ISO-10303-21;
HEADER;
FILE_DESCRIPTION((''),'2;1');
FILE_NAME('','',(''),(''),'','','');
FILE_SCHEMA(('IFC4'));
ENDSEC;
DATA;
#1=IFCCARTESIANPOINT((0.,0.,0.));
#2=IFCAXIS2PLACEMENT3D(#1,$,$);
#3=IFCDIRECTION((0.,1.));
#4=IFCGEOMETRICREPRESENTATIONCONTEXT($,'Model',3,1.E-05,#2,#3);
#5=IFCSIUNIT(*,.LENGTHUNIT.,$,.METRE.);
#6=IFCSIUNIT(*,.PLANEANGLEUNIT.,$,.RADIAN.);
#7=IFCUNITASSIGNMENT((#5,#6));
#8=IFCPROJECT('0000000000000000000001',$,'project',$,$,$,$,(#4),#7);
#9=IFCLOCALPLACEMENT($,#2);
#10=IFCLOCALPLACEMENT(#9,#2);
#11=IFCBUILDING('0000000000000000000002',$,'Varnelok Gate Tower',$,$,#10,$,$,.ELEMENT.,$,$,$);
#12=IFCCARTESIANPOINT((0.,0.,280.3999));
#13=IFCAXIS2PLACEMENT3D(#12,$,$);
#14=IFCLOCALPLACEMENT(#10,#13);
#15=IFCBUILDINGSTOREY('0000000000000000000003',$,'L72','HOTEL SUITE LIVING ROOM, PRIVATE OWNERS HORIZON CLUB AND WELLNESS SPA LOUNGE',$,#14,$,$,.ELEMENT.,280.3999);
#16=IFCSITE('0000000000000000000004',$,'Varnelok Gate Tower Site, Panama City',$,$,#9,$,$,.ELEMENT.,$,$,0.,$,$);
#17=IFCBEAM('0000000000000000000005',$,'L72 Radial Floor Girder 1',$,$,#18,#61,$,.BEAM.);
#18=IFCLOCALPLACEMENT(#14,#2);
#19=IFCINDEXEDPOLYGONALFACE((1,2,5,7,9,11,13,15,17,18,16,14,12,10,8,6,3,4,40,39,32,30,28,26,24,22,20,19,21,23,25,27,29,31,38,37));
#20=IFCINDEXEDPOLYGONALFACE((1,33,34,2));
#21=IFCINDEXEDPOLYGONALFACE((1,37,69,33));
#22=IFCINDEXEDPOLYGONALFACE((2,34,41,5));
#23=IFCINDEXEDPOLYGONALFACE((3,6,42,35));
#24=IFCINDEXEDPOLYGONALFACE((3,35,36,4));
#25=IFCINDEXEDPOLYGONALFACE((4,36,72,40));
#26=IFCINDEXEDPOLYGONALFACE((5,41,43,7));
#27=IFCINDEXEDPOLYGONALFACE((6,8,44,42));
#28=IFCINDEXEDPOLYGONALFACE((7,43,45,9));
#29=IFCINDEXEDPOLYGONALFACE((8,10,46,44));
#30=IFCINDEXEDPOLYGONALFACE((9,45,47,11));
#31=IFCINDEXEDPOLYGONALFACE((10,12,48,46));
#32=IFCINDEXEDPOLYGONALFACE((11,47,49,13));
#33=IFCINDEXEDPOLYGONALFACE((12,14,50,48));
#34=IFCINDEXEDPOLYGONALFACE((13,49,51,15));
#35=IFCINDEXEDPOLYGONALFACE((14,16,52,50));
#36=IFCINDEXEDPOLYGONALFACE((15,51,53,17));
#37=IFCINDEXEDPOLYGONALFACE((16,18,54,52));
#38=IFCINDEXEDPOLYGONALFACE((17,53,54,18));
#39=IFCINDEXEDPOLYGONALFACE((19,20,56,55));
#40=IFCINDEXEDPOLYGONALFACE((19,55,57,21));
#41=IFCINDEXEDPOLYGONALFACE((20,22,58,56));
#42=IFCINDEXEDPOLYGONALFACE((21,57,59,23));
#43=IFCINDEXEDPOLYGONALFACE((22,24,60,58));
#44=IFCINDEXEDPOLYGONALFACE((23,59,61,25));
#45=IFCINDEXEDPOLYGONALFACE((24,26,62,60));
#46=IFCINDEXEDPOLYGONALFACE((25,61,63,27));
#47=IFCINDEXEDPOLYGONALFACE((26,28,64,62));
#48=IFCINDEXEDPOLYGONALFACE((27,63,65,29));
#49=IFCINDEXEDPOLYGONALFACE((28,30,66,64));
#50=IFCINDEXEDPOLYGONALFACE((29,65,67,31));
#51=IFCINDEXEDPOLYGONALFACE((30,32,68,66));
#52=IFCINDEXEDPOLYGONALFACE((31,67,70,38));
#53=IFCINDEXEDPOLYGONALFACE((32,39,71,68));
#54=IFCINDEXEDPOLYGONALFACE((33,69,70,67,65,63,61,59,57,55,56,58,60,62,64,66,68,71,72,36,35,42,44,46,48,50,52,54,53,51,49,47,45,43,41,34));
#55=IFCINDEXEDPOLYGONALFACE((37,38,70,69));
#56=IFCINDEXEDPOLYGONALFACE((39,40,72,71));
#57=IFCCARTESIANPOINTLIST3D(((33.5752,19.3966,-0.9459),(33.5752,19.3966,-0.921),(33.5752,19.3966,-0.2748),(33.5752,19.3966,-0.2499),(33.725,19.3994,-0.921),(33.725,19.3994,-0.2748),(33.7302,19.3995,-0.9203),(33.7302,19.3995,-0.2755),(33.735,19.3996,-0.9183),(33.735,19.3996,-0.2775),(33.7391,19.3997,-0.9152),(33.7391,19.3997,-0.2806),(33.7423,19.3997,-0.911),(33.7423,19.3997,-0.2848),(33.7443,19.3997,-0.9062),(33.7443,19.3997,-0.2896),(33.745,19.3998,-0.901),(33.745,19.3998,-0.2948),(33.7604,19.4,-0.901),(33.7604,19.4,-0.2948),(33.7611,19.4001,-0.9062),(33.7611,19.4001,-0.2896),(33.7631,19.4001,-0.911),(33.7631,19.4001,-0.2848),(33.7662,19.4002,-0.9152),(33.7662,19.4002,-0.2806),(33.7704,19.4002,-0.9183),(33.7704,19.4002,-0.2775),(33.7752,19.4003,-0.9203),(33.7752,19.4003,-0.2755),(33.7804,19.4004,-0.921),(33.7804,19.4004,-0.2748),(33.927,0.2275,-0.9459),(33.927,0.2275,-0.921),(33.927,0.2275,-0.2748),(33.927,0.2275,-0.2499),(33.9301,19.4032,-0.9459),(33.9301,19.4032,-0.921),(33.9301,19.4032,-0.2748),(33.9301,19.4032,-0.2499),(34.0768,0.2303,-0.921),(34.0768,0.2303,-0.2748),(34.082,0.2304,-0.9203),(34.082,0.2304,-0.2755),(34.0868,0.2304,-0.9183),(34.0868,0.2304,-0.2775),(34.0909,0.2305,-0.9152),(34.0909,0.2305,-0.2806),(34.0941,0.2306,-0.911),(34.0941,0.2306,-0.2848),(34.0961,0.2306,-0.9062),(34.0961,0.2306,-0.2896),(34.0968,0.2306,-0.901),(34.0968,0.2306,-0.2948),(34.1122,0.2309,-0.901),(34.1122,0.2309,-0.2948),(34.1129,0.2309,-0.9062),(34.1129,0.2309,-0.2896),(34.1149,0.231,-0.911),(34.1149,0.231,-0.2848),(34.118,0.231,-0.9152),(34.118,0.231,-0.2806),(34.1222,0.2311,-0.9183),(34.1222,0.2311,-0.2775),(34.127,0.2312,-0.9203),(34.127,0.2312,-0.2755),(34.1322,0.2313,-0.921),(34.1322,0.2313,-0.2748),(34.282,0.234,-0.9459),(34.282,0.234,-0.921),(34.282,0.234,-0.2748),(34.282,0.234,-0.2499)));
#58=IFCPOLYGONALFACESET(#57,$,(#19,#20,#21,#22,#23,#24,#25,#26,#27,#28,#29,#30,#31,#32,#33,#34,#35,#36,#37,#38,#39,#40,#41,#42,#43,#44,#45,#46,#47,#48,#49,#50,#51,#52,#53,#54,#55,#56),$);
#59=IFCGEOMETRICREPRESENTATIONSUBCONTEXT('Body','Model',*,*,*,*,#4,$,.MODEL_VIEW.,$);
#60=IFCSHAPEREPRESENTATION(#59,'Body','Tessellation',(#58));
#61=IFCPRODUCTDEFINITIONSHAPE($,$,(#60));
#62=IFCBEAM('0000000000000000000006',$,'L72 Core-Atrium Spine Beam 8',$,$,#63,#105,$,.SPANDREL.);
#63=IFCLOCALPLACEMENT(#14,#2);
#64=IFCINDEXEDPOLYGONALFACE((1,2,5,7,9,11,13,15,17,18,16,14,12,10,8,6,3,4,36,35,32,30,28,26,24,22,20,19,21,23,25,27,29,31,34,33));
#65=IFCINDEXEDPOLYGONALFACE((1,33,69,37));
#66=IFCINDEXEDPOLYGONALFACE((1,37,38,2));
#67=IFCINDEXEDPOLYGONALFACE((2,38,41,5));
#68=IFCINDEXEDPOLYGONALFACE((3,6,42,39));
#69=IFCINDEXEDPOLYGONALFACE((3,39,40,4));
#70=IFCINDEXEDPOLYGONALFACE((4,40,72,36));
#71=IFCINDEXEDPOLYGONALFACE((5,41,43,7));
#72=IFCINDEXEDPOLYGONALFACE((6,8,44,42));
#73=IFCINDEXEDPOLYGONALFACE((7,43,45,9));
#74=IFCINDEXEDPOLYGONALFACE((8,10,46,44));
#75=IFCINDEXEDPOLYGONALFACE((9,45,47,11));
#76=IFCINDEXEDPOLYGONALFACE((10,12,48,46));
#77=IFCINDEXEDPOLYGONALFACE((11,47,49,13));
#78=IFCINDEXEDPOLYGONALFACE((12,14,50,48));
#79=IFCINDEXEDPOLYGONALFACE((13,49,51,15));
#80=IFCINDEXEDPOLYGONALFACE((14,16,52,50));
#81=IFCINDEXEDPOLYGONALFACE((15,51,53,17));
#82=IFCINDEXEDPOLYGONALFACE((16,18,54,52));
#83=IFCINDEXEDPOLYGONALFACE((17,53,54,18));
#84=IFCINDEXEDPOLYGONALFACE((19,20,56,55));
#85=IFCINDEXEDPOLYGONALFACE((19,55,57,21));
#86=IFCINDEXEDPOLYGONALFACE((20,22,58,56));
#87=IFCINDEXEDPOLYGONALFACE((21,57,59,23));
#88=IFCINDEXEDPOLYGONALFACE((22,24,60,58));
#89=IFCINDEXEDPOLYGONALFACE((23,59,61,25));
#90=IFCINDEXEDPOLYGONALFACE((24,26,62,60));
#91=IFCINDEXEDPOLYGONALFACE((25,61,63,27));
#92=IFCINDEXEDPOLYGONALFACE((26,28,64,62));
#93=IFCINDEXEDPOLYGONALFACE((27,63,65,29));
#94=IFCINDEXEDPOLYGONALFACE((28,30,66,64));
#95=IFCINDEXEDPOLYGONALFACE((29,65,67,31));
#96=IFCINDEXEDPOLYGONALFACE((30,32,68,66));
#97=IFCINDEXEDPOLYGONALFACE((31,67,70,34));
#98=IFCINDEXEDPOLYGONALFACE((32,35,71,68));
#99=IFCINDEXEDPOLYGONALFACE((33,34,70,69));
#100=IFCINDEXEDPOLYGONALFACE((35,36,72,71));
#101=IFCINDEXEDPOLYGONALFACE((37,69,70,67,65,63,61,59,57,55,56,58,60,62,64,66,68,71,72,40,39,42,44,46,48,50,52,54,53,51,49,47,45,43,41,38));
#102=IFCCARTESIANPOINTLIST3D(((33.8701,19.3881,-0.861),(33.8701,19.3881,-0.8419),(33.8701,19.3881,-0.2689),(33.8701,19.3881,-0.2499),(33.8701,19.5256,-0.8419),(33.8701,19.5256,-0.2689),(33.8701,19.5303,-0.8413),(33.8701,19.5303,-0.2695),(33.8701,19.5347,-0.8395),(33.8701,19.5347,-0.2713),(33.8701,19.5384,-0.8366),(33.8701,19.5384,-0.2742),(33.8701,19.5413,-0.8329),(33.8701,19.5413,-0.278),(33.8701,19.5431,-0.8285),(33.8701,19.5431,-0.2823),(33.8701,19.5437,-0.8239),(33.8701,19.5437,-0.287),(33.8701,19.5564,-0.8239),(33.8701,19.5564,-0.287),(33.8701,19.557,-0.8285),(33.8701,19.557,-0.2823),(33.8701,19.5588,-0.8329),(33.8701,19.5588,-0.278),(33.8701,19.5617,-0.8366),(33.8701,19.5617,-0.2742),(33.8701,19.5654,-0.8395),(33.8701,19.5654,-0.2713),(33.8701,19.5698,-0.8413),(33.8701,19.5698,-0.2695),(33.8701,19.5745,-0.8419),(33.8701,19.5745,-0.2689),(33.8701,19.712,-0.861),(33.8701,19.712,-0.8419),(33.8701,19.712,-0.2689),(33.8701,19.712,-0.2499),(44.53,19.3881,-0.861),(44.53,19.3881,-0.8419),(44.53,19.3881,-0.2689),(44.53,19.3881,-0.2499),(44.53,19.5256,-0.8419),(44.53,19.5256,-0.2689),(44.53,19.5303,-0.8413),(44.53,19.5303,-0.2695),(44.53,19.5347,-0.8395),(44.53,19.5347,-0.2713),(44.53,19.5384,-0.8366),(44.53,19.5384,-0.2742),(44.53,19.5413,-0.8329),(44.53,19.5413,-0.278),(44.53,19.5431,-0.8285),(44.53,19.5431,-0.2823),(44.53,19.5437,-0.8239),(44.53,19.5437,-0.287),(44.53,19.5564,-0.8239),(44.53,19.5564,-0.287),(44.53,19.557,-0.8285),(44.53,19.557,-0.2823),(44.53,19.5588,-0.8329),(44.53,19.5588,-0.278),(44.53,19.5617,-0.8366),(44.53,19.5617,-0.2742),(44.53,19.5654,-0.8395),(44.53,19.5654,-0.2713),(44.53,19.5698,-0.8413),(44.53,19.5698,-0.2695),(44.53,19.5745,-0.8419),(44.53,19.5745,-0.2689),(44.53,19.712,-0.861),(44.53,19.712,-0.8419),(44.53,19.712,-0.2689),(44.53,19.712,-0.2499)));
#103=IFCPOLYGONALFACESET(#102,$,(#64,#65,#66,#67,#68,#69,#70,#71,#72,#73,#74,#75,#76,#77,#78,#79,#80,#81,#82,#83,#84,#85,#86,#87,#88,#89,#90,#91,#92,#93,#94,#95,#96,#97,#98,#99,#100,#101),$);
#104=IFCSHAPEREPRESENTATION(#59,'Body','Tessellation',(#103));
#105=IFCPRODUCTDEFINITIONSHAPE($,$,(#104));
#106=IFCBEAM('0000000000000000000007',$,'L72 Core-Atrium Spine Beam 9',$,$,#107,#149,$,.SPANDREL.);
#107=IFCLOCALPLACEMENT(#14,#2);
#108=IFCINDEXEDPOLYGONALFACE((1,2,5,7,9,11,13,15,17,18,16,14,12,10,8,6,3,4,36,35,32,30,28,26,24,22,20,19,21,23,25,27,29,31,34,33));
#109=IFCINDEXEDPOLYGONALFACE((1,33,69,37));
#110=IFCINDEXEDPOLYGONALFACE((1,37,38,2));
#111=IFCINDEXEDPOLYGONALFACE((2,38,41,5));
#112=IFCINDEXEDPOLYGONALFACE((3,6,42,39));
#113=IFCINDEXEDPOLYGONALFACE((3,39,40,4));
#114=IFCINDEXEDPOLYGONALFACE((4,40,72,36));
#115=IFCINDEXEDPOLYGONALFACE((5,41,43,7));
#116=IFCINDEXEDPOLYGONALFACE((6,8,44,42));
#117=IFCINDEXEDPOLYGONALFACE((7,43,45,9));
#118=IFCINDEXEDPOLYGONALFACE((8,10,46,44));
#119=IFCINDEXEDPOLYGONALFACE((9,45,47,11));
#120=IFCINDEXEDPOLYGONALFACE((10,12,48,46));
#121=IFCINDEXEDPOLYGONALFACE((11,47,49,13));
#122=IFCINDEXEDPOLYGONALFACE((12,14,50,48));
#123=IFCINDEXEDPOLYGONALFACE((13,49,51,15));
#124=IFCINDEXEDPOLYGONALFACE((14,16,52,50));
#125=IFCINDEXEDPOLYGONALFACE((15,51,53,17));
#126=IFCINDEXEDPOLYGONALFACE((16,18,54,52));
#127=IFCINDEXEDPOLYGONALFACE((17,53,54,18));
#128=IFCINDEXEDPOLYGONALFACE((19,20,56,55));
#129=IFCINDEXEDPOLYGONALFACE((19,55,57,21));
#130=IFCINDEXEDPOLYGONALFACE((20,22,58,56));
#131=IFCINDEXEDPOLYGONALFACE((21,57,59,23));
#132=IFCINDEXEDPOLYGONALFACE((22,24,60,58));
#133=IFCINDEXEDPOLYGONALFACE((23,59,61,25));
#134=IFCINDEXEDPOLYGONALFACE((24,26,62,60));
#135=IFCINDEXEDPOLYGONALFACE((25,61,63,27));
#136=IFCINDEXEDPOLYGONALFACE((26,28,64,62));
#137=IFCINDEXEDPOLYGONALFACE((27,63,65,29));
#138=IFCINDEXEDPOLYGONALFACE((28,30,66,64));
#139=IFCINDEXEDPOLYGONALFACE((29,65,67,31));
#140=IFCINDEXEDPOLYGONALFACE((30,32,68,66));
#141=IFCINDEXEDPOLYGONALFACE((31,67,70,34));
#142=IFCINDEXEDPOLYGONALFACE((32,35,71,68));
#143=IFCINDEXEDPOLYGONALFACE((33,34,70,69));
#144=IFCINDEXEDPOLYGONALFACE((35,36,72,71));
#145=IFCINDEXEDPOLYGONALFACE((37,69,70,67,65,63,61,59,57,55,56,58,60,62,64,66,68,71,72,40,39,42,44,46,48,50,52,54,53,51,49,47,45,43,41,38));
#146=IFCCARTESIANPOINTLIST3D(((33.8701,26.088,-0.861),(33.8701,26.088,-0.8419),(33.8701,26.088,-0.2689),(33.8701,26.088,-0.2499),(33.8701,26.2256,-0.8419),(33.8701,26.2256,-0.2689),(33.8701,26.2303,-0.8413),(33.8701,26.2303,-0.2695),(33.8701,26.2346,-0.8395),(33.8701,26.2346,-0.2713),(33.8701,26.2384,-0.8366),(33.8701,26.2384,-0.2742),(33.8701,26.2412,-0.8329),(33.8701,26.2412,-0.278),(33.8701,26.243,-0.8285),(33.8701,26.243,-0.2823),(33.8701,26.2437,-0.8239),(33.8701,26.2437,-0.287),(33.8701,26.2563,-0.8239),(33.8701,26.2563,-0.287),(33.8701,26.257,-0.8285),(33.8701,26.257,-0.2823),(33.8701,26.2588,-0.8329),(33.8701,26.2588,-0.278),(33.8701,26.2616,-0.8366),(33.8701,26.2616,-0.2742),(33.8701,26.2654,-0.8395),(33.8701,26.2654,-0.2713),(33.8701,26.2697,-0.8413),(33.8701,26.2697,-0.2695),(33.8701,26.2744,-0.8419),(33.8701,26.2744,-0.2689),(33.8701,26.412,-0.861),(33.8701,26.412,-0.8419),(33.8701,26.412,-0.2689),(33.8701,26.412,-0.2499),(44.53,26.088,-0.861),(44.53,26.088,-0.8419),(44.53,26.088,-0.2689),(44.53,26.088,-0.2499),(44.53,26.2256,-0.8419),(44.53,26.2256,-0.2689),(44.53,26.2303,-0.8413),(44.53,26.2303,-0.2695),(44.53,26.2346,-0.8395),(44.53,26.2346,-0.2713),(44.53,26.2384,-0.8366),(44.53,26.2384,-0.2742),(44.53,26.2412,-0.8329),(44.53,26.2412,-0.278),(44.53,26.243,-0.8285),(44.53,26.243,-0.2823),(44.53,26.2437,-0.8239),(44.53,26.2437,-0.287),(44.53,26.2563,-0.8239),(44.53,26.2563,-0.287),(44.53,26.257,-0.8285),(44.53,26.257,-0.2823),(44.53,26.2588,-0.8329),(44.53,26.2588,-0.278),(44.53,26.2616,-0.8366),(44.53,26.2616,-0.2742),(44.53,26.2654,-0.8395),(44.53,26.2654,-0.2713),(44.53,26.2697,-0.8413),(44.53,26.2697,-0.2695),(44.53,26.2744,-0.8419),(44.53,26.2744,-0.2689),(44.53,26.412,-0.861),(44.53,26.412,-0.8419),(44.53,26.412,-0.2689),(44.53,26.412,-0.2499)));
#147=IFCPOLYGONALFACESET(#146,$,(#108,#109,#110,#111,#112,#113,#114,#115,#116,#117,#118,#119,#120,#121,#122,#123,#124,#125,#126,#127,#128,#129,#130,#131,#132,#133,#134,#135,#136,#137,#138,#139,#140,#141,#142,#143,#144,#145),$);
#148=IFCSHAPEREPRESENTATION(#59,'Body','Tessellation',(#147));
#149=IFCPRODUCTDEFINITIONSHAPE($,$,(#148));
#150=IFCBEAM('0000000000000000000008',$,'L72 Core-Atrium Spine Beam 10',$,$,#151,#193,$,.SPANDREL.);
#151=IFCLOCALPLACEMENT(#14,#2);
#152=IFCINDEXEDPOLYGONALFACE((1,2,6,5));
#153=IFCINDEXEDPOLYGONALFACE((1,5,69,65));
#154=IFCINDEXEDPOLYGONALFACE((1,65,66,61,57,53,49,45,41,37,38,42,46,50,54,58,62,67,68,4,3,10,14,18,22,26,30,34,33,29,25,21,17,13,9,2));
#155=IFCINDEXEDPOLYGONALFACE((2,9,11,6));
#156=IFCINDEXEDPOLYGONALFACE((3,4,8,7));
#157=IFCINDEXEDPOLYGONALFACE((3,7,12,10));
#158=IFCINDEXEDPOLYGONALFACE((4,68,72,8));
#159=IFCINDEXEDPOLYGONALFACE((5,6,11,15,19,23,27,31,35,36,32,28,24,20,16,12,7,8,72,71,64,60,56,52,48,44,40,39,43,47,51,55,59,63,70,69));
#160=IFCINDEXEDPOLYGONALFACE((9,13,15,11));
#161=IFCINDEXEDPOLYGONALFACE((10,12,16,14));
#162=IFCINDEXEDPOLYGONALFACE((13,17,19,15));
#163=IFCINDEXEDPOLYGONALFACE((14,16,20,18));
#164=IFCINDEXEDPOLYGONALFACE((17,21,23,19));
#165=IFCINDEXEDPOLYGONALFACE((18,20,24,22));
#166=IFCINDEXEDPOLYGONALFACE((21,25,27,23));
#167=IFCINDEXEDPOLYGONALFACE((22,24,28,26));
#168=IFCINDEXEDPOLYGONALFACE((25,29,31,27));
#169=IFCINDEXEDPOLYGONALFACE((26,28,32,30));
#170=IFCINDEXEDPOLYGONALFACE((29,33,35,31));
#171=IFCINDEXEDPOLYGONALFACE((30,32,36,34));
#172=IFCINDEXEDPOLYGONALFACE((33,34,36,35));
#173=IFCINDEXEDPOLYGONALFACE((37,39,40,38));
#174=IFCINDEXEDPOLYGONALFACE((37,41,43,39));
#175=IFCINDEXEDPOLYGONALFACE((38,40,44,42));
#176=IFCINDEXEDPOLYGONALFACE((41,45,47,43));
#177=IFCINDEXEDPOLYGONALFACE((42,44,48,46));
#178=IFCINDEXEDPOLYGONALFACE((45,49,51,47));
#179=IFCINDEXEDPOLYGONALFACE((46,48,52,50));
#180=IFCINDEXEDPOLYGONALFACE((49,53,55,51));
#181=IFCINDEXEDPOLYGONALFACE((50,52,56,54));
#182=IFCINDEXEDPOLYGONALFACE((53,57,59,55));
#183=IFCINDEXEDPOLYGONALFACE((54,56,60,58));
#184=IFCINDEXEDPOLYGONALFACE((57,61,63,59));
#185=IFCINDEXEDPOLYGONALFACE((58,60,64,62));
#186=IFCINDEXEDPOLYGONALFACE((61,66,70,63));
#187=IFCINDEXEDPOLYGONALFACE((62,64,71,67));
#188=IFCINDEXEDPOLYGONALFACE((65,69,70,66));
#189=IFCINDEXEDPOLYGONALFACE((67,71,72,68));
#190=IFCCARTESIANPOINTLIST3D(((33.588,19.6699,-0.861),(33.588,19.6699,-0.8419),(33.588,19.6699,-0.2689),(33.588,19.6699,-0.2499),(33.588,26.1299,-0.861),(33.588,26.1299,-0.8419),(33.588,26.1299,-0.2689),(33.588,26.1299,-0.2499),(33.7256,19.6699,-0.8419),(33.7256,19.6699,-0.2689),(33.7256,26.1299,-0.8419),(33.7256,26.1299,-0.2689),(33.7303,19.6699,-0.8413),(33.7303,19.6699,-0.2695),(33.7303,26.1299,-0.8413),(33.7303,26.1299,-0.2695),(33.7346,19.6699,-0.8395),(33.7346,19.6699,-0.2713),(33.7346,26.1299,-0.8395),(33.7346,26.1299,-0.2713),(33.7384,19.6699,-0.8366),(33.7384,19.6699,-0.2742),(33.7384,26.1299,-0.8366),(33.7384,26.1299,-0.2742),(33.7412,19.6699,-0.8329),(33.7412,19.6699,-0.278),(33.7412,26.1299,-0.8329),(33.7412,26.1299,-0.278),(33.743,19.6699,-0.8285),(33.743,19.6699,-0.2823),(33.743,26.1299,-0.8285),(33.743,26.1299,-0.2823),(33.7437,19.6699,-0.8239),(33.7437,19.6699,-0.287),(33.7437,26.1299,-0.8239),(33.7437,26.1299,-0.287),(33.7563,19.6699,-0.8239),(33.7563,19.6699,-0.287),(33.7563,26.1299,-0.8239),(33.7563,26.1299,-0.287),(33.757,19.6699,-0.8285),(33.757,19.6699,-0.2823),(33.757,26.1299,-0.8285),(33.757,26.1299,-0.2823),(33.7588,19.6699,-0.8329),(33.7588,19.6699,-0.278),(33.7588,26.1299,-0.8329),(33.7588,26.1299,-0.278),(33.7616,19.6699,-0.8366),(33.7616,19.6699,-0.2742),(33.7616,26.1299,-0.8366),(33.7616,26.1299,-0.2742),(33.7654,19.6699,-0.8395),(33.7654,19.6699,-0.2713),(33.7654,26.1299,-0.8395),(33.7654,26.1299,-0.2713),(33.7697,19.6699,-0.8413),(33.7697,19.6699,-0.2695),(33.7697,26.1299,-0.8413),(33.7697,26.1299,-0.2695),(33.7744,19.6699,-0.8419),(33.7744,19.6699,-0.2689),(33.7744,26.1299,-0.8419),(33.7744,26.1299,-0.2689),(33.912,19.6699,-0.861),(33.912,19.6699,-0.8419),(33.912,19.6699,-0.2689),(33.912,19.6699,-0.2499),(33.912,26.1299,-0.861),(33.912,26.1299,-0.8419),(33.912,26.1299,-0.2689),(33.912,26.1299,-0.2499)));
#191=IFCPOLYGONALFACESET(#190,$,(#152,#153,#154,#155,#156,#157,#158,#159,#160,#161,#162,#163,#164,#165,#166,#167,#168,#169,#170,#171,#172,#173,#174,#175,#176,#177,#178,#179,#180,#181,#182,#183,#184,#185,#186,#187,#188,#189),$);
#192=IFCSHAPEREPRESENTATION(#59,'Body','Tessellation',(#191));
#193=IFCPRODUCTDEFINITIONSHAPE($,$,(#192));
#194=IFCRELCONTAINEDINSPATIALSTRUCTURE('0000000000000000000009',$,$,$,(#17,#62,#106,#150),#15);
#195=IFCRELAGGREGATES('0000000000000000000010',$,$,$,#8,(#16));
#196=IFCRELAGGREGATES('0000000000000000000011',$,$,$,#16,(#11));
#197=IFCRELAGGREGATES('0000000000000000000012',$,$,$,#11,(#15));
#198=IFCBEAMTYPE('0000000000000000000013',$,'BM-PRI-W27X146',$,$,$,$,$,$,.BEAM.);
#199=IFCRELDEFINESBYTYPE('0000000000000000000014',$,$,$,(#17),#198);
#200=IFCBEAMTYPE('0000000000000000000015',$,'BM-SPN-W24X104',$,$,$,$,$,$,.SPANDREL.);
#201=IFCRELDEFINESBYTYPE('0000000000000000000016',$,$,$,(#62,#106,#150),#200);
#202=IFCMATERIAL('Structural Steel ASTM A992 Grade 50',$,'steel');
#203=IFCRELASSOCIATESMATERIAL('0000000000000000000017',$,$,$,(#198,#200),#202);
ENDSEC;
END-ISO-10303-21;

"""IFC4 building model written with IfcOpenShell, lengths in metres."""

from ifc_helpers import new_model, si_unit, direction, frame, origin, origin_2d, place, context, subcontext, project, spatial, i_section, extrude, material, material_profile, profile_set, type_object, element, save


model = new_model("IFC4")

# Units and contexts
model_context = context("Model", 3, precision=1e-05, world=origin(), true_north=direction((0.0, 1.0)))
body_context = subcontext(model_context, "Body", "Model", "MODEL_VIEW")
ifc_project = project(units=[si_unit("LENGTHUNIT", "METRE"), si_unit("PLANEANGLEUNIT", "RADIAN")], contexts=[model_context])

# Site, building, storey
site_placement = place(None, origin())
site = spatial("IfcSite", under=ifc_project, at=site_placement, Name="Varnelok Gate Tower Site, Panama City", CompositionType="ELEMENT", RefElevation=0.0)
building_placement = place(site_placement, origin())
building = spatial("IfcBuilding", under=site, at=building_placement, Name="Varnelok Gate Tower", CompositionType="ELEMENT")
storey_placement = place(building_placement, frame((0.0, 0.0, 280.3999)))
storey = spatial("IfcBuildingStorey", under=building, at=storey_placement, Name="L72", Description="HOTEL SUITE LIVING ROOM, PRIVATE OWNERS HORIZON CLUB AND WELLNESS SPA LOUNGE", CompositionType="ELEMENT", Elevation=280.3999)

# Shared definitions
ifc_material_1 = material(Name="Structural Steel ASTM A992 Grade 50", Category="steel")

# Beams
ifc_material_profile_1 = material_profile(ifc_material_1, i_section(OverallWidth=0.355, OverallDepth=0.696, WebThickness=0.0154, FlangeThickness=0.0249, FilletRadius=0.02, at=origin_2d()), Name="W27X146")
ifc_profile_set_1 = profile_set([ifc_material_profile_1], Name="Structural Steel ASTM A992 Grade 50")
beam_type_1 = type_object("IfcBeamType", Name="BM-PRI-W27X146", PredefinedType="BEAM", material=ifc_profile_set_1)
beam_1_placement = place(storey_placement, frame((33.7527, 19.3999, -0.5979), z_axis=(0.01835, -0.999832, 0.0), x_axis=(0.999832, 0.01835, 0.0)))
element("IfcBeam", 1, at=beam_1_placement, inside=storey, type_object=beam_type_1, Name="L72 Radial Floor Girder 1", PredefinedType="BEAM", context=body_context, shape_type="SweptSolid", body=[
    extrude(i_section(OverallWidth=0.355, OverallDepth=0.696, WebThickness=0.0154, FlangeThickness=0.0249, FilletRadius=0.02, at=origin_2d()), origin(), (0.0, 0.0, 1.0), 19.1724),
])
ifc_material_profile_2 = material_profile(ifc_material_1, i_section(OverallWidth=0.324, OverallDepth=0.6111, WebThickness=0.0127, FlangeThickness=0.019, FilletRadius=0.0181, at=origin_2d()), Name="W24X104")
ifc_profile_set_2 = profile_set([ifc_material_profile_2], Name="Structural Steel ASTM A992 Grade 50")
beam_type_2 = type_object("IfcBeamType", Name="BM-SPN-W24X104", PredefinedType="SPANDREL", material=ifc_profile_set_2)
for number, where, z_axis, x_axis, name in (
    (2, (33.8701, 19.55, -0.5554), (1.0, 0.0, 0.0), (0.0, 1.0, 0.0), "L72 Core-Atrium Spine Beam 8"),
    (3, (33.8701, 26.25, -0.5554), (1.0, 0.0, 0.0), (0.0, 1.0, 0.0), "L72 Core-Atrium Spine Beam 9"),
):
    element("IfcBeam", number, at=place(storey_placement, frame(where, z_axis=z_axis, x_axis=x_axis)), inside=storey, type_object=beam_type_2, Name=name, PredefinedType="SPANDREL", context=body_context, shape_type="SweptSolid", body=[
        extrude(i_section(OverallWidth=0.324, OverallDepth=0.6111, WebThickness=0.0127, FlangeThickness=0.019, FilletRadius=0.0181, at=origin_2d()), origin(), (0.0, 0.0, 1.0), 10.6599),
    ])
beam_2_placement = place(storey_placement, frame((33.75, 19.6699, -0.5554), z_axis=(0.0, 1.0, 0.0), x_axis=(-1.0, 0.0, 0.0)))
element("IfcBeam", 4, at=beam_2_placement, inside=storey, type_object=beam_type_2, Name="L72 Core-Atrium Spine Beam 10", PredefinedType="SPANDREL", context=body_context, shape_type="SweptSolid", body=[
    extrude(i_section(OverallWidth=0.324, OverallDepth=0.6111, WebThickness=0.0127, FlangeThickness=0.019, FilletRadius=0.0181, at=origin_2d()), origin(), (0.0, 0.0, 1.0), 6.46),
])

save(model, "model.ifc")
